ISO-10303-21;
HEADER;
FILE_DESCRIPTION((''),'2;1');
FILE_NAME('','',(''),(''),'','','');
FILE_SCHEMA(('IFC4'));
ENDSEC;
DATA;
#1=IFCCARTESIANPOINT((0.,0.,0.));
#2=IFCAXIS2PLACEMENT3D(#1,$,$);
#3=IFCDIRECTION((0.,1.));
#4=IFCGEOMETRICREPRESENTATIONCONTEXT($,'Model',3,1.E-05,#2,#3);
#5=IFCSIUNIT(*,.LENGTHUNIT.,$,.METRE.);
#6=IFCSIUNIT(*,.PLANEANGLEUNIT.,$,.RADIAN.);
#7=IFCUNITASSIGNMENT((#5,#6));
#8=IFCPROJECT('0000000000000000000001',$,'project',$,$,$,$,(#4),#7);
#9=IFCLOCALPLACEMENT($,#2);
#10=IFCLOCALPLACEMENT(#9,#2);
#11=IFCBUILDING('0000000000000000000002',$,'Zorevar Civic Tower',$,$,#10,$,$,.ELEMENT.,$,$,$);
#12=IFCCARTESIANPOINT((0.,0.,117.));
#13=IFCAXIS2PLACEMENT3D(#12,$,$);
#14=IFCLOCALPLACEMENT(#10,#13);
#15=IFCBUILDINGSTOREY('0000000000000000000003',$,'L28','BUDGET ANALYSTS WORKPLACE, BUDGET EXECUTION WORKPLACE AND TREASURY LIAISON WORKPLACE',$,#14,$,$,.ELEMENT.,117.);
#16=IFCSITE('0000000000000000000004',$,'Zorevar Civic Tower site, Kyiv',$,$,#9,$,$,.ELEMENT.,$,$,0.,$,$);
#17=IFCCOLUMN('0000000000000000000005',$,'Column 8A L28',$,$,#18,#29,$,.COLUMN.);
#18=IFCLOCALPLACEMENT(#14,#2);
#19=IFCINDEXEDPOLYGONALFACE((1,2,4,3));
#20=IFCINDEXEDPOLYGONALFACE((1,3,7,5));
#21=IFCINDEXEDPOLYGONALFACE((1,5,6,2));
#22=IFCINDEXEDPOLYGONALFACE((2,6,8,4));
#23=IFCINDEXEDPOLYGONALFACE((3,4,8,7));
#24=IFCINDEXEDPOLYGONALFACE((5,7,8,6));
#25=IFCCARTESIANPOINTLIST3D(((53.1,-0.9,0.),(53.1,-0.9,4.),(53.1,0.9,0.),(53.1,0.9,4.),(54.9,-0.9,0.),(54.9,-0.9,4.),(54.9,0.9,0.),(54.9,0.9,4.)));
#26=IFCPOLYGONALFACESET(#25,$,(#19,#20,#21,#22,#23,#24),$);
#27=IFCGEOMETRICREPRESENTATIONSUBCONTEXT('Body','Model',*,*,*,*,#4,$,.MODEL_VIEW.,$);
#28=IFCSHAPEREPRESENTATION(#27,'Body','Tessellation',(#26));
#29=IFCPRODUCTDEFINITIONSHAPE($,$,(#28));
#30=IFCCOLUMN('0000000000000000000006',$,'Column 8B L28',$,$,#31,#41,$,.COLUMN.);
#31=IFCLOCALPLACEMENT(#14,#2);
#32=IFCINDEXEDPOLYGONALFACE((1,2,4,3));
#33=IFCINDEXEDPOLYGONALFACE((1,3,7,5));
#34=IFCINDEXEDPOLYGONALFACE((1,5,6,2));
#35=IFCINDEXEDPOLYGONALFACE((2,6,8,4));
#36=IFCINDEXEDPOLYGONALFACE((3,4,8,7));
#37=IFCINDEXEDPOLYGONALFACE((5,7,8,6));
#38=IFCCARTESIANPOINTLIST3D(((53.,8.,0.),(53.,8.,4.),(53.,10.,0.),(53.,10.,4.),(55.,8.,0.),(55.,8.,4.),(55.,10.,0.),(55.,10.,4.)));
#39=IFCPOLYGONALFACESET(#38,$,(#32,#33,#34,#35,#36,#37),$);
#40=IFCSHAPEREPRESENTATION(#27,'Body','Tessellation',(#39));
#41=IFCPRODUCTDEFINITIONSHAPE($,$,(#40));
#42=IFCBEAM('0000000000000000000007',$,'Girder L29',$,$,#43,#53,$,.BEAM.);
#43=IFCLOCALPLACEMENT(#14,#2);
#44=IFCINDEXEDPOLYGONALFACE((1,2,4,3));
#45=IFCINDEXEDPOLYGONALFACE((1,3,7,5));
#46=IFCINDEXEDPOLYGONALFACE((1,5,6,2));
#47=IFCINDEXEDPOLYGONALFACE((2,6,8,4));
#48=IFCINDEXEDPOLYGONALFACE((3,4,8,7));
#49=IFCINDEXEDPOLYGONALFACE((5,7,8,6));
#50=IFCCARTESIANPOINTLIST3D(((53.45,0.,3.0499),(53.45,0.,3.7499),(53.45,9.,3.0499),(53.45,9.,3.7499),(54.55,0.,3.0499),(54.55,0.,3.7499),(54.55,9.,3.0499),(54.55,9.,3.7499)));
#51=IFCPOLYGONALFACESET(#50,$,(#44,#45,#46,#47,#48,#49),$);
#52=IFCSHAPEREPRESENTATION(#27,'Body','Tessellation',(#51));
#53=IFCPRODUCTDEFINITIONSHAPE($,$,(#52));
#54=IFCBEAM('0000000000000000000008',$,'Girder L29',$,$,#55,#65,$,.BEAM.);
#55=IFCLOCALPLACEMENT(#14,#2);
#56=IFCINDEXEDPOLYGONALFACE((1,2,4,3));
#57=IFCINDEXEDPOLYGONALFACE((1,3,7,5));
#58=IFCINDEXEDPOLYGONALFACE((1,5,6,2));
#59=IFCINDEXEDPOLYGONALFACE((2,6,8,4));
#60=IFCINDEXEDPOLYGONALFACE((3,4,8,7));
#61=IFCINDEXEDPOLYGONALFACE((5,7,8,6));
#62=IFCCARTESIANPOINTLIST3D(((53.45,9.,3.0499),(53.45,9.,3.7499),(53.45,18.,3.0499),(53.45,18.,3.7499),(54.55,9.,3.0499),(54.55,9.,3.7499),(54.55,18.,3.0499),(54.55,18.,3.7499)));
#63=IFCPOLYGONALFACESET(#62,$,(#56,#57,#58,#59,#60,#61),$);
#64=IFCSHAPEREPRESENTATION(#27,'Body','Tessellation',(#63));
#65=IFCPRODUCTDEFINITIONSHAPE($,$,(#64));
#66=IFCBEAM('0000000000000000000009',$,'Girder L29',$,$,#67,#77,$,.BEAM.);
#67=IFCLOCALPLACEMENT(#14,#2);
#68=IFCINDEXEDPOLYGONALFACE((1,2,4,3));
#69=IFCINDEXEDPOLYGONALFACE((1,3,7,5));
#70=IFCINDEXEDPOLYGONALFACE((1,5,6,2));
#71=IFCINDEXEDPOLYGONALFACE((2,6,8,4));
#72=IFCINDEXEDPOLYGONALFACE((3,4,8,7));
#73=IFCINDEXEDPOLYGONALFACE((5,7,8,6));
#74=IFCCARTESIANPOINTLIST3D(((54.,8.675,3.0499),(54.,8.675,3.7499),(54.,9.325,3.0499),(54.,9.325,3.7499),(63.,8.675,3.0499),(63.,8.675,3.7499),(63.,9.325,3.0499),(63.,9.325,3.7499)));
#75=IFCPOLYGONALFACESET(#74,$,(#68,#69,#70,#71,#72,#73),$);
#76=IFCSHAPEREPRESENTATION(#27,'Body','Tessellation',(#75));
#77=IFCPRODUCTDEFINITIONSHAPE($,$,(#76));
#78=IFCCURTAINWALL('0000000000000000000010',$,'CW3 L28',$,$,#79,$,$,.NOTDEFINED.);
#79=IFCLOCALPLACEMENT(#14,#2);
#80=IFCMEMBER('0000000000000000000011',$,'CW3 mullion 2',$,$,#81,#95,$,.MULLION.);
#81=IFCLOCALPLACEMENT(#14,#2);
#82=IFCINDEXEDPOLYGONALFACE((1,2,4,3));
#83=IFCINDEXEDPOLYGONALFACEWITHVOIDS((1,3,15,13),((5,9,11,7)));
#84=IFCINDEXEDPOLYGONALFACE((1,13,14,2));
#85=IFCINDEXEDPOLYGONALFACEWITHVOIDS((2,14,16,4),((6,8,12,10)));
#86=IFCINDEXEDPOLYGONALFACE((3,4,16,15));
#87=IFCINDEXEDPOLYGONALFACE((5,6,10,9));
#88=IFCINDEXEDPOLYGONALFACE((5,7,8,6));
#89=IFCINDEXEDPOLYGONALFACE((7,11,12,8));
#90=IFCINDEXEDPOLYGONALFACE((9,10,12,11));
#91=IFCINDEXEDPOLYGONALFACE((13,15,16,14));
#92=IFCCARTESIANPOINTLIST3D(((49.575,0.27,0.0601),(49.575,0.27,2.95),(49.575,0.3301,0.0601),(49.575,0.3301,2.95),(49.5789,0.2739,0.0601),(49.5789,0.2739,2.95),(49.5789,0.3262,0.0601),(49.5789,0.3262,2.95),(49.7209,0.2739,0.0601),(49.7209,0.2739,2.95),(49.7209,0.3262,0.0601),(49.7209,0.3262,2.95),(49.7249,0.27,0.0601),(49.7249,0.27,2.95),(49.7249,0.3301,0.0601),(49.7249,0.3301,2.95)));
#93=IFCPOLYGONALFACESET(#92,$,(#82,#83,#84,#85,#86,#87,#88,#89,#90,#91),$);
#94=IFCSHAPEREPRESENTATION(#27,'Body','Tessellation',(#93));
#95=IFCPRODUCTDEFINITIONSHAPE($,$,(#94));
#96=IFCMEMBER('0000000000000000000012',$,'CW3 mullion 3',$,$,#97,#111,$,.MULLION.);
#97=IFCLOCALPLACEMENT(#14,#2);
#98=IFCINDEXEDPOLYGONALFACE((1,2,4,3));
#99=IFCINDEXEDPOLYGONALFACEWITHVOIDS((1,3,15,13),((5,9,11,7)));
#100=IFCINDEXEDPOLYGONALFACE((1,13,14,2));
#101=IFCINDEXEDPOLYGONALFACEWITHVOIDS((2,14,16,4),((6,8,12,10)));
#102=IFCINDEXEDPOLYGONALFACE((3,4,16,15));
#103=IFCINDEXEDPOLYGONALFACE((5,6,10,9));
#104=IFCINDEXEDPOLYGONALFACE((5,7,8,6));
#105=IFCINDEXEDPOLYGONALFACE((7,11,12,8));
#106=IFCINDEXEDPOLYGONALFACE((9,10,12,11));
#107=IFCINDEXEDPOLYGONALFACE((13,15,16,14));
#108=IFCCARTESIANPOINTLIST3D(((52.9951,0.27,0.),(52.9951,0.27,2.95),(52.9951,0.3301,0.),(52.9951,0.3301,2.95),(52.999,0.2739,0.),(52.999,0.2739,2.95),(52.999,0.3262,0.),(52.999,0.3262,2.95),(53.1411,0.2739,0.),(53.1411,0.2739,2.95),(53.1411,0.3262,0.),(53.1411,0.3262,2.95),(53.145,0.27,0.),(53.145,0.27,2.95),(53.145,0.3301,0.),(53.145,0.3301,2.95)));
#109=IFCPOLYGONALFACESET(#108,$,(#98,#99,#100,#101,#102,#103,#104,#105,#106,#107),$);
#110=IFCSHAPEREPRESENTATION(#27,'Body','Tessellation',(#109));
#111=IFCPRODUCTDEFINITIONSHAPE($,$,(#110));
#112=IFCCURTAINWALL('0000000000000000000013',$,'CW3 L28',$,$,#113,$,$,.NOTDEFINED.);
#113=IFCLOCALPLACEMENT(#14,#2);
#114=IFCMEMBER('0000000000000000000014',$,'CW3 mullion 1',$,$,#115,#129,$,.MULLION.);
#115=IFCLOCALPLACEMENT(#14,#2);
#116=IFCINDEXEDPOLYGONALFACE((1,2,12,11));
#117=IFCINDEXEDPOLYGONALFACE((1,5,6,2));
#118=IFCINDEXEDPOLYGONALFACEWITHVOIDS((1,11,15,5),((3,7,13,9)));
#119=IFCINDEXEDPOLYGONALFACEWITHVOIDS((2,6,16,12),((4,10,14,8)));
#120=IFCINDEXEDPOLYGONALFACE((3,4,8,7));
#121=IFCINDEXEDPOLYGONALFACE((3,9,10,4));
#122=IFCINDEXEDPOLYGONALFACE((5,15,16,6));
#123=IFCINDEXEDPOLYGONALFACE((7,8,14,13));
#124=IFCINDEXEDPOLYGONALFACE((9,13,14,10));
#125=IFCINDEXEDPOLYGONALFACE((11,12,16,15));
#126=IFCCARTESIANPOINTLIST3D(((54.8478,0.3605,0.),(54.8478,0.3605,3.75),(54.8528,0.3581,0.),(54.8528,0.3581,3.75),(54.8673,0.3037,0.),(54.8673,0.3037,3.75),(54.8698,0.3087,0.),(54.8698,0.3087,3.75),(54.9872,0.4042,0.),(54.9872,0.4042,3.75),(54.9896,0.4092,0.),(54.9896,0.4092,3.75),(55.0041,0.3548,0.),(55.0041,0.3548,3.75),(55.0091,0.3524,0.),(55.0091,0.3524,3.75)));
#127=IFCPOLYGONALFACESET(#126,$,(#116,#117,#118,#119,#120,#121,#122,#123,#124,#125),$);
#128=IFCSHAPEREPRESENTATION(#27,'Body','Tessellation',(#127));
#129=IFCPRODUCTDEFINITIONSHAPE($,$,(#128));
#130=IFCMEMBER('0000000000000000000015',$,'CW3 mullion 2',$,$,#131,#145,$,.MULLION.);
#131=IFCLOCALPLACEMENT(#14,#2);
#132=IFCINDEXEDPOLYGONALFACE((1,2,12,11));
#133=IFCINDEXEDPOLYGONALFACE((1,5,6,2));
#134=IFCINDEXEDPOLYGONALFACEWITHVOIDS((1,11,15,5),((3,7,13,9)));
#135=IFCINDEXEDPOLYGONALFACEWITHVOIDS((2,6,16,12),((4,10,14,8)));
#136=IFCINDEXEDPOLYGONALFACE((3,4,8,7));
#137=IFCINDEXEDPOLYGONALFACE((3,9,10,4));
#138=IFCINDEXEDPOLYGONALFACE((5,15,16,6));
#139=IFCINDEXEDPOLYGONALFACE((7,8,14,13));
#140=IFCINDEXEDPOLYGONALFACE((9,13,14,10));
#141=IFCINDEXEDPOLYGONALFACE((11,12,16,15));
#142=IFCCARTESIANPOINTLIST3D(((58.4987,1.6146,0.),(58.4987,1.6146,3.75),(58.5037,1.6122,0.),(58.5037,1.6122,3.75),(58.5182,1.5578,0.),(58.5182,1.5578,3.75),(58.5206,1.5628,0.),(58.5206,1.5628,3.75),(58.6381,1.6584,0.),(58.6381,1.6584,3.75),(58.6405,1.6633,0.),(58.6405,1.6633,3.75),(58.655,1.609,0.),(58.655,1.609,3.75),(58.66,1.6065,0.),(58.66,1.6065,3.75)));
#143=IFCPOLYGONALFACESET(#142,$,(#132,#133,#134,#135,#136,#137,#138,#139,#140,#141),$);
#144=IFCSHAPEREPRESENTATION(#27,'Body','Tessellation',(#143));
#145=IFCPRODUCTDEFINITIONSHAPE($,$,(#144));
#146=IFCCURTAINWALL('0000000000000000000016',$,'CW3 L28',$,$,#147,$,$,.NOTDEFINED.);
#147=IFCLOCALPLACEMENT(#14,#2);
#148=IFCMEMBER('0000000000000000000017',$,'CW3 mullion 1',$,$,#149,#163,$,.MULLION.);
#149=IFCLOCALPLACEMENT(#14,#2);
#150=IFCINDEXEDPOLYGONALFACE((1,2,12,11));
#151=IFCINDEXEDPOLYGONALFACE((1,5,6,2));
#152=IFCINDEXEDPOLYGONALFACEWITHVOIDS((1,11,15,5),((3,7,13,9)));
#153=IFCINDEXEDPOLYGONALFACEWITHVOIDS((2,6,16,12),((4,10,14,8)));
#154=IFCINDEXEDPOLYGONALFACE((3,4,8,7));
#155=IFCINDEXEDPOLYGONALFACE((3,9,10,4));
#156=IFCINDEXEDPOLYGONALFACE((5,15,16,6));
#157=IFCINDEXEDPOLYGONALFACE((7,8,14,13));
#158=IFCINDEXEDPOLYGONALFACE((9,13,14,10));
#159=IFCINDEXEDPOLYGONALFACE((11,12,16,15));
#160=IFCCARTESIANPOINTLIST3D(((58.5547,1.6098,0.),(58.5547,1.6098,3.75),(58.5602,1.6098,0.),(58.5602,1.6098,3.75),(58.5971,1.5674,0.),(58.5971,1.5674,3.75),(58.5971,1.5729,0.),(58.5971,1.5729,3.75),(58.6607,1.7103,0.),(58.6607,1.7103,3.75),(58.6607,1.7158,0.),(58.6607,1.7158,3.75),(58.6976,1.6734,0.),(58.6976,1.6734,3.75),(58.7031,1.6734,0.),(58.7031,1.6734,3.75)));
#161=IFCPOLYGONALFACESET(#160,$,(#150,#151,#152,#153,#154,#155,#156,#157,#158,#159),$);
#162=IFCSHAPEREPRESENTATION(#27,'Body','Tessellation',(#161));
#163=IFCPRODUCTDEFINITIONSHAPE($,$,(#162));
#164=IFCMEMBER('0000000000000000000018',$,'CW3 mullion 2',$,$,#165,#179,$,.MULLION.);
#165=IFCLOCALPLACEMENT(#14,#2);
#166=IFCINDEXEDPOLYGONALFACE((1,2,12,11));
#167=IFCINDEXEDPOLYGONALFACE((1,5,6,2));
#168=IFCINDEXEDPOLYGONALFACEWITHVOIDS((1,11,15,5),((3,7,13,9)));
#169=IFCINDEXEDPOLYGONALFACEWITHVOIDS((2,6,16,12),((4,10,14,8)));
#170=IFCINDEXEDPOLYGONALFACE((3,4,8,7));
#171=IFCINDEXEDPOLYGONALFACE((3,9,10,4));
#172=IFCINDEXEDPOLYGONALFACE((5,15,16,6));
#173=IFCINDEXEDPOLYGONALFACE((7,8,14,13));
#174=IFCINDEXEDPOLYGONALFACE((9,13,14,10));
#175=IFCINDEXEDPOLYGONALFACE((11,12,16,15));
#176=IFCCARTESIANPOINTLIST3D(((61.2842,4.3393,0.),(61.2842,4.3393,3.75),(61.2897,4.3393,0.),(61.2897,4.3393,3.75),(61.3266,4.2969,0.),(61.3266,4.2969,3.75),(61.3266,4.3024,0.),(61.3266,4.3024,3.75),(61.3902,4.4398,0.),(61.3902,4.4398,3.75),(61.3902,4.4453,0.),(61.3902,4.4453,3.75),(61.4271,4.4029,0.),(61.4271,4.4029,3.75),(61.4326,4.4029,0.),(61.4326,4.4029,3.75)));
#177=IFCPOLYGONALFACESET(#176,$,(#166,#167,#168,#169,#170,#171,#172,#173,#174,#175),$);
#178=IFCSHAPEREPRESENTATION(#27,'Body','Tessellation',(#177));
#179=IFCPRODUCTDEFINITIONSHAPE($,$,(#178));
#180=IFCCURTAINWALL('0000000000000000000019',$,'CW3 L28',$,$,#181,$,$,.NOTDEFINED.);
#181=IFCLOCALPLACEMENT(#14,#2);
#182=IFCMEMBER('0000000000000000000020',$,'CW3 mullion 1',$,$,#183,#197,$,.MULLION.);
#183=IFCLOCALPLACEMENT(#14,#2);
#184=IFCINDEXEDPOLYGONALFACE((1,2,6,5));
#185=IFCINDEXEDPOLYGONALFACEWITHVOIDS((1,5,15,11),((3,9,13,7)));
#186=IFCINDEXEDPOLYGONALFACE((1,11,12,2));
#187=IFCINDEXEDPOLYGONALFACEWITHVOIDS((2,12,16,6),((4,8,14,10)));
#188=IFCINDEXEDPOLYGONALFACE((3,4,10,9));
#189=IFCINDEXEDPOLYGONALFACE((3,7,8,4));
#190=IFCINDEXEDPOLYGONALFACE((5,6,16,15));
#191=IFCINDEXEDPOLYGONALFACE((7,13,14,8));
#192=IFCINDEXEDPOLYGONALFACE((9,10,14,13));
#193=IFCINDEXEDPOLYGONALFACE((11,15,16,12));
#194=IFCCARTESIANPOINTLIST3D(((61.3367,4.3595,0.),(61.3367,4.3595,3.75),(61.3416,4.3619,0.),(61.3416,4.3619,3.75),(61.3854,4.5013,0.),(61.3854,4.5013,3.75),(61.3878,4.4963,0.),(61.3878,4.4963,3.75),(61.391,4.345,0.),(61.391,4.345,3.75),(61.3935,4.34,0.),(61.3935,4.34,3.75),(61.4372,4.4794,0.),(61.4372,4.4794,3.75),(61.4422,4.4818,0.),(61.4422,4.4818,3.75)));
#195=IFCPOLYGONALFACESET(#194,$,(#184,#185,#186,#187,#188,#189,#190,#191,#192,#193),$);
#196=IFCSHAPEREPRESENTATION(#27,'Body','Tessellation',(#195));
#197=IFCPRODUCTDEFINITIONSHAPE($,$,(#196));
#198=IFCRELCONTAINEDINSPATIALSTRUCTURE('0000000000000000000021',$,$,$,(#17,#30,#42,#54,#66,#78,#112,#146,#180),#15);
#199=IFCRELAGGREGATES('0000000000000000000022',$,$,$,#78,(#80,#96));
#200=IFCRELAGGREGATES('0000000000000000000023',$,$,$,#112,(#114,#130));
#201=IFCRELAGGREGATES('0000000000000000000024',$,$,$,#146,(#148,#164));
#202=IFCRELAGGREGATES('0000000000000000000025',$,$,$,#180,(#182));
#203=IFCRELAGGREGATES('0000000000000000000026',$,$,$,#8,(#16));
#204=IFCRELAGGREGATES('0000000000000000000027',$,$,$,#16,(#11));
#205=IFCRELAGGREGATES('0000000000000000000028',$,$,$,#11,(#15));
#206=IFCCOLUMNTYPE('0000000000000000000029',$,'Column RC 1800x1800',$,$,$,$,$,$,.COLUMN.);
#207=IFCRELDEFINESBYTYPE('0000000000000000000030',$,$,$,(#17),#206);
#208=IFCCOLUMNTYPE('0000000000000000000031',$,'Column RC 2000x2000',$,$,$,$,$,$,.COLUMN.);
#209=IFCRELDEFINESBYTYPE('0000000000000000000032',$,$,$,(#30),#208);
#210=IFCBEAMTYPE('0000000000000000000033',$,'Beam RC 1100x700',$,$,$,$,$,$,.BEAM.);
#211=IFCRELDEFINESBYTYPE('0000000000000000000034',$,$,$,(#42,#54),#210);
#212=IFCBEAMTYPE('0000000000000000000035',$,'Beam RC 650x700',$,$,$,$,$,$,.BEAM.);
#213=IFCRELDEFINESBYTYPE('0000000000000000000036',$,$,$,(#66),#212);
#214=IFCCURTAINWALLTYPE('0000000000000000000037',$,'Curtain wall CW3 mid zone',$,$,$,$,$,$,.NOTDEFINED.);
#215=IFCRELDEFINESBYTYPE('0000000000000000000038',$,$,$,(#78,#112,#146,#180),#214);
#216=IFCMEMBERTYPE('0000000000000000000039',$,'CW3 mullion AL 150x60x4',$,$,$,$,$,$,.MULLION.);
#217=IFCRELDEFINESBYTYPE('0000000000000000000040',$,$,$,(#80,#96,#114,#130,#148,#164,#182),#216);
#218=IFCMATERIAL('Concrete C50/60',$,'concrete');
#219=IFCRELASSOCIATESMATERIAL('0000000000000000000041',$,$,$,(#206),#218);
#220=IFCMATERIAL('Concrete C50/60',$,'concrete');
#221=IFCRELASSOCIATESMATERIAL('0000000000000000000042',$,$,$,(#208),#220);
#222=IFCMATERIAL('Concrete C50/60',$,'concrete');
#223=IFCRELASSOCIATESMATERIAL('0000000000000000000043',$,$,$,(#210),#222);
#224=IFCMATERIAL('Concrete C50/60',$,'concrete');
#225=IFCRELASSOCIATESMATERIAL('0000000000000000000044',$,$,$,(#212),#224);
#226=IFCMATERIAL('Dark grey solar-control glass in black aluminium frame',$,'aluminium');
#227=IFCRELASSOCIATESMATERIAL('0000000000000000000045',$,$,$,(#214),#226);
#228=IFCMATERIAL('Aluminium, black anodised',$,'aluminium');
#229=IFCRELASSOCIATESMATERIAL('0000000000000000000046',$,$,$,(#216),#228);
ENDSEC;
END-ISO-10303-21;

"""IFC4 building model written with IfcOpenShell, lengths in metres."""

from ifc_helpers import new_model, si_unit, direction, frame, origin, origin_2d, place, context, subcontext, project, spatial, rectangle, hollow_rectangle, extrude, material, material_profile, profile_set, type_object, element, aggregate, save


model = new_model("IFC4")

# Units and contexts
model_context = context("Model", 3, precision=1e-05, world=origin(), true_north=direction((0.0, 1.0)))
body_context = subcontext(model_context, "Body", "Model", "MODEL_VIEW")
ifc_project = project(units=[si_unit("LENGTHUNIT", "METRE"), si_unit("PLANEANGLEUNIT", "RADIAN")], contexts=[model_context])

# Site, building, storey
site_placement = place(None, origin())
site = spatial("IfcSite", under=ifc_project, at=site_placement, Name="Zorevar Civic Tower site, Kyiv", CompositionType="ELEMENT", RefElevation=0.0)
building_placement = place(site_placement, origin())
building = spatial("IfcBuilding", under=site, at=building_placement, Name="Zorevar Civic Tower", CompositionType="ELEMENT")
storey_placement = place(building_placement, frame((0.0, 0.0, 117.0)))
storey = spatial("IfcBuildingStorey", under=building, at=storey_placement, Name="L28", Description="BUDGET ANALYSTS WORKPLACE, BUDGET EXECUTION WORKPLACE AND TREASURY LIAISON WORKPLACE", CompositionType="ELEMENT", Elevation=117.0)

# Columns
ifc_material_1 = material(Name="Concrete C50/60", Category="concrete")
ifc_material_profile_1 = material_profile(ifc_material_1, rectangle(XDim=1.8, YDim=1.8, at=origin_2d()), Name="RC 1800x1800")
ifc_profile_set_1 = profile_set([ifc_material_profile_1], Name="Concrete C50/60")
column_type_1 = type_object("IfcColumnType", Name="Column RC 1800x1800", PredefinedType="COLUMN", material=ifc_profile_set_1)
column_1_placement = place(storey_placement, frame((54.0, 0.0, 0.0), z_axis=(0.0, 0.0, 1.0), x_axis=(1.0, 0.0, 0.0)))
element("IfcColumn", 1, at=column_1_placement, inside=storey, type_object=column_type_1, Name="Column 8A L28", PredefinedType="COLUMN", context=body_context, shape_type="SweptSolid", body=[
    extrude(rectangle(XDim=1.8, YDim=1.8, at=origin_2d()), origin(), (0.0, 0.0, 1.0), 4.0),
])
ifc_material_2 = material(Name="Concrete C50/60", Category="concrete")
ifc_material_profile_2 = material_profile(ifc_material_2, rectangle(XDim=2.0, YDim=2.0, at=origin_2d()), Name="RC 2000x2000")
ifc_profile_set_2 = profile_set([ifc_material_profile_2], Name="Concrete C50/60")
column_type_2 = type_object("IfcColumnType", Name="Column RC 2000x2000", PredefinedType="COLUMN", material=ifc_profile_set_2)
column_2_placement = place(storey_placement, frame((54.0, 9.0, 0.0), z_axis=(0.0, 0.0, 1.0), x_axis=(1.0, 0.0, 0.0)))
element("IfcColumn", 2, at=column_2_placement, inside=storey, type_object=column_type_2, Name="Column 8B L28", PredefinedType="COLUMN", context=body_context, shape_type="SweptSolid", body=[
    extrude(rectangle(XDim=2.0, YDim=2.0, at=origin_2d()), origin(), (0.0, 0.0, 1.0), 4.0),
])

# Beams
ifc_material_3 = material(Name="Concrete C50/60", Category="concrete")
ifc_material_profile_3 = material_profile(ifc_material_3, rectangle(XDim=1.1001, YDim=0.7, at=origin_2d()), Name="RC 1100x700")
ifc_profile_set_3 = profile_set([ifc_material_profile_3], Name="Concrete C50/60")
beam_type_1 = type_object("IfcBeamType", Name="Beam RC 1100x700", PredefinedType="BEAM", material=ifc_profile_set_3)
for number, where, z_axis, x_axis, name in (
    (3, (54.0, 0.0, 3.3999), (0.0, 1.0, 0.0), (-1.0, 0.0, 0.0), "Girder L29"),
    (4, (54.0, 9.0, 3.3999), (0.0, 1.0, 0.0), (-1.0, 0.0, 0.0), "Girder L29"),
):
    element("IfcBeam", number, at=place(storey_placement, frame(where, z_axis=z_axis, x_axis=x_axis)), inside=storey, type_object=beam_type_1, Name=name, PredefinedType="BEAM", context=body_context, shape_type="SweptSolid", body=[
        extrude(rectangle(XDim=1.1001, YDim=0.7, at=origin_2d()), origin(), (0.0, 0.0, 1.0), 9.0),
    ])
ifc_material_4 = material(Name="Concrete C50/60", Category="concrete")
ifc_material_profile_4 = material_profile(ifc_material_4, rectangle(XDim=0.6499, YDim=0.7, at=origin_2d()), Name="RC 650x700")
ifc_profile_set_4 = profile_set([ifc_material_profile_4], Name="Concrete C50/60")
beam_type_2 = type_object("IfcBeamType", Name="Beam RC 650x700", PredefinedType="BEAM", material=ifc_profile_set_4)
beam_1_placement = place(storey_placement, frame((54.0, 9.0, 3.3999), z_axis=(1.0, 0.0, 0.0), x_axis=(0.0, 1.0, 0.0)))
element("IfcBeam", 5, at=beam_1_placement, inside=storey, type_object=beam_type_2, Name="Girder L29", PredefinedType="BEAM", context=body_context, shape_type="SweptSolid", body=[
    extrude(rectangle(XDim=0.6499, YDim=0.7, at=origin_2d()), origin(), (0.0, 0.0, 1.0), 9.0),
])

# Curtain walls, members
ifc_material_5 = material(Name="Dark grey solar-control glass in black aluminium frame", Category="aluminium")
curtain_wall_type = type_object("IfcCurtainWallType", Name="Curtain wall CW3 mid zone", PredefinedType="NOTDEFINED", material=ifc_material_5)
curtain_wall_1_placement = place(storey_placement, origin())
curtain_wall_1 = element("IfcCurtainWall", 6, at=curtain_wall_1_placement, inside=storey, type_object=curtain_wall_type, Name="CW3 L28", PredefinedType="NOTDEFINED")
ifc_material_6 = material(Name="Aluminium, black anodised", Category="aluminium")
ifc_material_profile_5 = material_profile(ifc_material_6, hollow_rectangle(XDim=0.0601, YDim=0.1499, WallThickness=0.0039, at=origin_2d()), Name="AL 150x60x4")
ifc_profile_set_5 = profile_set([ifc_material_profile_5], Name="Aluminium, black anodised")
member_type_1 = type_object("IfcMemberType", Name="CW3 mullion AL 150x60x4", PredefinedType="MULLION", material=ifc_profile_set_5)
member_1_placement = place(storey_placement, frame((49.6499, 0.3, 0.0601), z_axis=(0.0, 0.0, 1.0), x_axis=(0.0, 1.0, 0.0)))
member_1 = element("IfcMember", 7, at=member_1_placement, type_object=member_type_1, Name="CW3 mullion 2", PredefinedType="MULLION", context=body_context, shape_type="SweptSolid", body=[
    extrude(hollow_rectangle(XDim=0.0601, YDim=0.1499, WallThickness=0.0039, at=origin_2d()), origin(), (0.0, 0.0, 1.0), 2.8899),
])
member_2_placement = place(storey_placement, frame((53.0701, 0.3, 0.0), z_axis=(0.0, 0.0, 1.0), x_axis=(0.0, 1.0, 0.0)))
member_2 = element("IfcMember", 8, at=member_2_placement, type_object=member_type_1, Name="CW3 mullion 3", PredefinedType="MULLION", context=body_context, shape_type="SweptSolid", body=[
    extrude(hollow_rectangle(XDim=0.0601, YDim=0.1499, WallThickness=0.0039, at=origin_2d()), origin(), (0.0, 0.0, 1.0), 2.95),
])
curtain_wall_2_placement = place(storey_placement, origin())
curtain_wall_2 = element("IfcCurtainWall", 9, at=curtain_wall_2_placement, inside=storey, type_object=curtain_wall_type, Name="CW3 L28", PredefinedType="NOTDEFINED")
member_3_placement = place(storey_placement, frame((54.9285, 0.3564, 0.0), z_axis=(0.0, 0.0, 1.0), x_axis=(-0.324878, 0.945756, 0.0)))
member_3 = element("IfcMember", 10, at=member_3_placement, type_object=member_type_1, Name="CW3 mullion 1", PredefinedType="MULLION", context=body_context, shape_type="SweptSolid", body=[
    extrude(hollow_rectangle(XDim=0.0601, YDim=0.1499, WallThickness=0.0039, at=origin_2d()), origin(), (0.0, 0.0, 1.0), 3.75),
])
member_4_placement = place(storey_placement, frame((58.5793, 1.6106, 0.0), z_axis=(0.0, 0.0, 1.0), x_axis=(-0.324878, 0.945756, 0.0)))
member_4 = element("IfcMember", 11, at=member_4_placement, type_object=member_type_1, Name="CW3 mullion 2", PredefinedType="MULLION", context=body_context, shape_type="SweptSolid", body=[
    extrude(hollow_rectangle(XDim=0.0601, YDim=0.1499, WallThickness=0.0039, at=origin_2d()), origin(), (0.0, 0.0, 1.0), 3.75),
])
curtain_wall_3_placement = place(storey_placement, origin())
curtain_wall_3 = element("IfcCurtainWall", 12, at=curtain_wall_3_placement, inside=storey, type_object=curtain_wall_type, Name="CW3 L28", PredefinedType="NOTDEFINED")
member_5_placement = place(storey_placement, frame((58.6289, 1.6416, 0.0), z_axis=(0.0, 0.0, 1.0), x_axis=(-0.707107, 0.707107, 0.0)))
member_5 = element("IfcMember", 13, at=member_5_placement, type_object=member_type_1, Name="CW3 mullion 1", PredefinedType="MULLION", context=body_context, shape_type="SweptSolid", body=[
    extrude(hollow_rectangle(XDim=0.0601, YDim=0.1499, WallThickness=0.0039, at=origin_2d()), origin(), (0.0, 0.0, 1.0), 3.75),
])
member_6_placement = place(storey_placement, frame((61.3584, 4.3711, 0.0), z_axis=(0.0, 0.0, 1.0), x_axis=(-0.707107, 0.707107, 0.0)))
member_6 = element("IfcMember", 14, at=member_6_placement, type_object=member_type_1, Name="CW3 mullion 2", PredefinedType="MULLION", context=body_context, shape_type="SweptSolid", body=[
    extrude(hollow_rectangle(XDim=0.0601, YDim=0.1499, WallThickness=0.0039, at=origin_2d()), origin(), (0.0, 0.0, 1.0), 3.75),
])
curtain_wall_4_placement = place(storey_placement, origin())
curtain_wall_4 = element("IfcCurtainWall", 15, at=curtain_wall_4_placement, inside=storey, type_object=curtain_wall_type, Name="CW3 L28", PredefinedType="NOTDEFINED")
member_7_placement = place(storey_placement, frame((61.3894, 4.4207, 0.0), z_axis=(0.0, 0.0, 1.0), x_axis=(-0.945756, 0.324878, 0.0)))
member_7 = element("IfcMember", 16, at=member_7_placement, type_object=member_type_1, Name="CW3 mullion 1", PredefinedType="MULLION", context=body_context, shape_type="SweptSolid", body=[
    extrude(hollow_rectangle(XDim=0.0601, YDim=0.1499, WallThickness=0.0039, at=origin_2d()), origin(), (0.0, 0.0, 1.0), 3.75),
])

aggregate(curtain_wall_1, [member_1, member_2])
aggregate(curtain_wall_2, [member_3, member_4])
aggregate(curtain_wall_3, [member_5, member_6])
aggregate(curtain_wall_4, [member_7])

save(model, "model.ifc")
